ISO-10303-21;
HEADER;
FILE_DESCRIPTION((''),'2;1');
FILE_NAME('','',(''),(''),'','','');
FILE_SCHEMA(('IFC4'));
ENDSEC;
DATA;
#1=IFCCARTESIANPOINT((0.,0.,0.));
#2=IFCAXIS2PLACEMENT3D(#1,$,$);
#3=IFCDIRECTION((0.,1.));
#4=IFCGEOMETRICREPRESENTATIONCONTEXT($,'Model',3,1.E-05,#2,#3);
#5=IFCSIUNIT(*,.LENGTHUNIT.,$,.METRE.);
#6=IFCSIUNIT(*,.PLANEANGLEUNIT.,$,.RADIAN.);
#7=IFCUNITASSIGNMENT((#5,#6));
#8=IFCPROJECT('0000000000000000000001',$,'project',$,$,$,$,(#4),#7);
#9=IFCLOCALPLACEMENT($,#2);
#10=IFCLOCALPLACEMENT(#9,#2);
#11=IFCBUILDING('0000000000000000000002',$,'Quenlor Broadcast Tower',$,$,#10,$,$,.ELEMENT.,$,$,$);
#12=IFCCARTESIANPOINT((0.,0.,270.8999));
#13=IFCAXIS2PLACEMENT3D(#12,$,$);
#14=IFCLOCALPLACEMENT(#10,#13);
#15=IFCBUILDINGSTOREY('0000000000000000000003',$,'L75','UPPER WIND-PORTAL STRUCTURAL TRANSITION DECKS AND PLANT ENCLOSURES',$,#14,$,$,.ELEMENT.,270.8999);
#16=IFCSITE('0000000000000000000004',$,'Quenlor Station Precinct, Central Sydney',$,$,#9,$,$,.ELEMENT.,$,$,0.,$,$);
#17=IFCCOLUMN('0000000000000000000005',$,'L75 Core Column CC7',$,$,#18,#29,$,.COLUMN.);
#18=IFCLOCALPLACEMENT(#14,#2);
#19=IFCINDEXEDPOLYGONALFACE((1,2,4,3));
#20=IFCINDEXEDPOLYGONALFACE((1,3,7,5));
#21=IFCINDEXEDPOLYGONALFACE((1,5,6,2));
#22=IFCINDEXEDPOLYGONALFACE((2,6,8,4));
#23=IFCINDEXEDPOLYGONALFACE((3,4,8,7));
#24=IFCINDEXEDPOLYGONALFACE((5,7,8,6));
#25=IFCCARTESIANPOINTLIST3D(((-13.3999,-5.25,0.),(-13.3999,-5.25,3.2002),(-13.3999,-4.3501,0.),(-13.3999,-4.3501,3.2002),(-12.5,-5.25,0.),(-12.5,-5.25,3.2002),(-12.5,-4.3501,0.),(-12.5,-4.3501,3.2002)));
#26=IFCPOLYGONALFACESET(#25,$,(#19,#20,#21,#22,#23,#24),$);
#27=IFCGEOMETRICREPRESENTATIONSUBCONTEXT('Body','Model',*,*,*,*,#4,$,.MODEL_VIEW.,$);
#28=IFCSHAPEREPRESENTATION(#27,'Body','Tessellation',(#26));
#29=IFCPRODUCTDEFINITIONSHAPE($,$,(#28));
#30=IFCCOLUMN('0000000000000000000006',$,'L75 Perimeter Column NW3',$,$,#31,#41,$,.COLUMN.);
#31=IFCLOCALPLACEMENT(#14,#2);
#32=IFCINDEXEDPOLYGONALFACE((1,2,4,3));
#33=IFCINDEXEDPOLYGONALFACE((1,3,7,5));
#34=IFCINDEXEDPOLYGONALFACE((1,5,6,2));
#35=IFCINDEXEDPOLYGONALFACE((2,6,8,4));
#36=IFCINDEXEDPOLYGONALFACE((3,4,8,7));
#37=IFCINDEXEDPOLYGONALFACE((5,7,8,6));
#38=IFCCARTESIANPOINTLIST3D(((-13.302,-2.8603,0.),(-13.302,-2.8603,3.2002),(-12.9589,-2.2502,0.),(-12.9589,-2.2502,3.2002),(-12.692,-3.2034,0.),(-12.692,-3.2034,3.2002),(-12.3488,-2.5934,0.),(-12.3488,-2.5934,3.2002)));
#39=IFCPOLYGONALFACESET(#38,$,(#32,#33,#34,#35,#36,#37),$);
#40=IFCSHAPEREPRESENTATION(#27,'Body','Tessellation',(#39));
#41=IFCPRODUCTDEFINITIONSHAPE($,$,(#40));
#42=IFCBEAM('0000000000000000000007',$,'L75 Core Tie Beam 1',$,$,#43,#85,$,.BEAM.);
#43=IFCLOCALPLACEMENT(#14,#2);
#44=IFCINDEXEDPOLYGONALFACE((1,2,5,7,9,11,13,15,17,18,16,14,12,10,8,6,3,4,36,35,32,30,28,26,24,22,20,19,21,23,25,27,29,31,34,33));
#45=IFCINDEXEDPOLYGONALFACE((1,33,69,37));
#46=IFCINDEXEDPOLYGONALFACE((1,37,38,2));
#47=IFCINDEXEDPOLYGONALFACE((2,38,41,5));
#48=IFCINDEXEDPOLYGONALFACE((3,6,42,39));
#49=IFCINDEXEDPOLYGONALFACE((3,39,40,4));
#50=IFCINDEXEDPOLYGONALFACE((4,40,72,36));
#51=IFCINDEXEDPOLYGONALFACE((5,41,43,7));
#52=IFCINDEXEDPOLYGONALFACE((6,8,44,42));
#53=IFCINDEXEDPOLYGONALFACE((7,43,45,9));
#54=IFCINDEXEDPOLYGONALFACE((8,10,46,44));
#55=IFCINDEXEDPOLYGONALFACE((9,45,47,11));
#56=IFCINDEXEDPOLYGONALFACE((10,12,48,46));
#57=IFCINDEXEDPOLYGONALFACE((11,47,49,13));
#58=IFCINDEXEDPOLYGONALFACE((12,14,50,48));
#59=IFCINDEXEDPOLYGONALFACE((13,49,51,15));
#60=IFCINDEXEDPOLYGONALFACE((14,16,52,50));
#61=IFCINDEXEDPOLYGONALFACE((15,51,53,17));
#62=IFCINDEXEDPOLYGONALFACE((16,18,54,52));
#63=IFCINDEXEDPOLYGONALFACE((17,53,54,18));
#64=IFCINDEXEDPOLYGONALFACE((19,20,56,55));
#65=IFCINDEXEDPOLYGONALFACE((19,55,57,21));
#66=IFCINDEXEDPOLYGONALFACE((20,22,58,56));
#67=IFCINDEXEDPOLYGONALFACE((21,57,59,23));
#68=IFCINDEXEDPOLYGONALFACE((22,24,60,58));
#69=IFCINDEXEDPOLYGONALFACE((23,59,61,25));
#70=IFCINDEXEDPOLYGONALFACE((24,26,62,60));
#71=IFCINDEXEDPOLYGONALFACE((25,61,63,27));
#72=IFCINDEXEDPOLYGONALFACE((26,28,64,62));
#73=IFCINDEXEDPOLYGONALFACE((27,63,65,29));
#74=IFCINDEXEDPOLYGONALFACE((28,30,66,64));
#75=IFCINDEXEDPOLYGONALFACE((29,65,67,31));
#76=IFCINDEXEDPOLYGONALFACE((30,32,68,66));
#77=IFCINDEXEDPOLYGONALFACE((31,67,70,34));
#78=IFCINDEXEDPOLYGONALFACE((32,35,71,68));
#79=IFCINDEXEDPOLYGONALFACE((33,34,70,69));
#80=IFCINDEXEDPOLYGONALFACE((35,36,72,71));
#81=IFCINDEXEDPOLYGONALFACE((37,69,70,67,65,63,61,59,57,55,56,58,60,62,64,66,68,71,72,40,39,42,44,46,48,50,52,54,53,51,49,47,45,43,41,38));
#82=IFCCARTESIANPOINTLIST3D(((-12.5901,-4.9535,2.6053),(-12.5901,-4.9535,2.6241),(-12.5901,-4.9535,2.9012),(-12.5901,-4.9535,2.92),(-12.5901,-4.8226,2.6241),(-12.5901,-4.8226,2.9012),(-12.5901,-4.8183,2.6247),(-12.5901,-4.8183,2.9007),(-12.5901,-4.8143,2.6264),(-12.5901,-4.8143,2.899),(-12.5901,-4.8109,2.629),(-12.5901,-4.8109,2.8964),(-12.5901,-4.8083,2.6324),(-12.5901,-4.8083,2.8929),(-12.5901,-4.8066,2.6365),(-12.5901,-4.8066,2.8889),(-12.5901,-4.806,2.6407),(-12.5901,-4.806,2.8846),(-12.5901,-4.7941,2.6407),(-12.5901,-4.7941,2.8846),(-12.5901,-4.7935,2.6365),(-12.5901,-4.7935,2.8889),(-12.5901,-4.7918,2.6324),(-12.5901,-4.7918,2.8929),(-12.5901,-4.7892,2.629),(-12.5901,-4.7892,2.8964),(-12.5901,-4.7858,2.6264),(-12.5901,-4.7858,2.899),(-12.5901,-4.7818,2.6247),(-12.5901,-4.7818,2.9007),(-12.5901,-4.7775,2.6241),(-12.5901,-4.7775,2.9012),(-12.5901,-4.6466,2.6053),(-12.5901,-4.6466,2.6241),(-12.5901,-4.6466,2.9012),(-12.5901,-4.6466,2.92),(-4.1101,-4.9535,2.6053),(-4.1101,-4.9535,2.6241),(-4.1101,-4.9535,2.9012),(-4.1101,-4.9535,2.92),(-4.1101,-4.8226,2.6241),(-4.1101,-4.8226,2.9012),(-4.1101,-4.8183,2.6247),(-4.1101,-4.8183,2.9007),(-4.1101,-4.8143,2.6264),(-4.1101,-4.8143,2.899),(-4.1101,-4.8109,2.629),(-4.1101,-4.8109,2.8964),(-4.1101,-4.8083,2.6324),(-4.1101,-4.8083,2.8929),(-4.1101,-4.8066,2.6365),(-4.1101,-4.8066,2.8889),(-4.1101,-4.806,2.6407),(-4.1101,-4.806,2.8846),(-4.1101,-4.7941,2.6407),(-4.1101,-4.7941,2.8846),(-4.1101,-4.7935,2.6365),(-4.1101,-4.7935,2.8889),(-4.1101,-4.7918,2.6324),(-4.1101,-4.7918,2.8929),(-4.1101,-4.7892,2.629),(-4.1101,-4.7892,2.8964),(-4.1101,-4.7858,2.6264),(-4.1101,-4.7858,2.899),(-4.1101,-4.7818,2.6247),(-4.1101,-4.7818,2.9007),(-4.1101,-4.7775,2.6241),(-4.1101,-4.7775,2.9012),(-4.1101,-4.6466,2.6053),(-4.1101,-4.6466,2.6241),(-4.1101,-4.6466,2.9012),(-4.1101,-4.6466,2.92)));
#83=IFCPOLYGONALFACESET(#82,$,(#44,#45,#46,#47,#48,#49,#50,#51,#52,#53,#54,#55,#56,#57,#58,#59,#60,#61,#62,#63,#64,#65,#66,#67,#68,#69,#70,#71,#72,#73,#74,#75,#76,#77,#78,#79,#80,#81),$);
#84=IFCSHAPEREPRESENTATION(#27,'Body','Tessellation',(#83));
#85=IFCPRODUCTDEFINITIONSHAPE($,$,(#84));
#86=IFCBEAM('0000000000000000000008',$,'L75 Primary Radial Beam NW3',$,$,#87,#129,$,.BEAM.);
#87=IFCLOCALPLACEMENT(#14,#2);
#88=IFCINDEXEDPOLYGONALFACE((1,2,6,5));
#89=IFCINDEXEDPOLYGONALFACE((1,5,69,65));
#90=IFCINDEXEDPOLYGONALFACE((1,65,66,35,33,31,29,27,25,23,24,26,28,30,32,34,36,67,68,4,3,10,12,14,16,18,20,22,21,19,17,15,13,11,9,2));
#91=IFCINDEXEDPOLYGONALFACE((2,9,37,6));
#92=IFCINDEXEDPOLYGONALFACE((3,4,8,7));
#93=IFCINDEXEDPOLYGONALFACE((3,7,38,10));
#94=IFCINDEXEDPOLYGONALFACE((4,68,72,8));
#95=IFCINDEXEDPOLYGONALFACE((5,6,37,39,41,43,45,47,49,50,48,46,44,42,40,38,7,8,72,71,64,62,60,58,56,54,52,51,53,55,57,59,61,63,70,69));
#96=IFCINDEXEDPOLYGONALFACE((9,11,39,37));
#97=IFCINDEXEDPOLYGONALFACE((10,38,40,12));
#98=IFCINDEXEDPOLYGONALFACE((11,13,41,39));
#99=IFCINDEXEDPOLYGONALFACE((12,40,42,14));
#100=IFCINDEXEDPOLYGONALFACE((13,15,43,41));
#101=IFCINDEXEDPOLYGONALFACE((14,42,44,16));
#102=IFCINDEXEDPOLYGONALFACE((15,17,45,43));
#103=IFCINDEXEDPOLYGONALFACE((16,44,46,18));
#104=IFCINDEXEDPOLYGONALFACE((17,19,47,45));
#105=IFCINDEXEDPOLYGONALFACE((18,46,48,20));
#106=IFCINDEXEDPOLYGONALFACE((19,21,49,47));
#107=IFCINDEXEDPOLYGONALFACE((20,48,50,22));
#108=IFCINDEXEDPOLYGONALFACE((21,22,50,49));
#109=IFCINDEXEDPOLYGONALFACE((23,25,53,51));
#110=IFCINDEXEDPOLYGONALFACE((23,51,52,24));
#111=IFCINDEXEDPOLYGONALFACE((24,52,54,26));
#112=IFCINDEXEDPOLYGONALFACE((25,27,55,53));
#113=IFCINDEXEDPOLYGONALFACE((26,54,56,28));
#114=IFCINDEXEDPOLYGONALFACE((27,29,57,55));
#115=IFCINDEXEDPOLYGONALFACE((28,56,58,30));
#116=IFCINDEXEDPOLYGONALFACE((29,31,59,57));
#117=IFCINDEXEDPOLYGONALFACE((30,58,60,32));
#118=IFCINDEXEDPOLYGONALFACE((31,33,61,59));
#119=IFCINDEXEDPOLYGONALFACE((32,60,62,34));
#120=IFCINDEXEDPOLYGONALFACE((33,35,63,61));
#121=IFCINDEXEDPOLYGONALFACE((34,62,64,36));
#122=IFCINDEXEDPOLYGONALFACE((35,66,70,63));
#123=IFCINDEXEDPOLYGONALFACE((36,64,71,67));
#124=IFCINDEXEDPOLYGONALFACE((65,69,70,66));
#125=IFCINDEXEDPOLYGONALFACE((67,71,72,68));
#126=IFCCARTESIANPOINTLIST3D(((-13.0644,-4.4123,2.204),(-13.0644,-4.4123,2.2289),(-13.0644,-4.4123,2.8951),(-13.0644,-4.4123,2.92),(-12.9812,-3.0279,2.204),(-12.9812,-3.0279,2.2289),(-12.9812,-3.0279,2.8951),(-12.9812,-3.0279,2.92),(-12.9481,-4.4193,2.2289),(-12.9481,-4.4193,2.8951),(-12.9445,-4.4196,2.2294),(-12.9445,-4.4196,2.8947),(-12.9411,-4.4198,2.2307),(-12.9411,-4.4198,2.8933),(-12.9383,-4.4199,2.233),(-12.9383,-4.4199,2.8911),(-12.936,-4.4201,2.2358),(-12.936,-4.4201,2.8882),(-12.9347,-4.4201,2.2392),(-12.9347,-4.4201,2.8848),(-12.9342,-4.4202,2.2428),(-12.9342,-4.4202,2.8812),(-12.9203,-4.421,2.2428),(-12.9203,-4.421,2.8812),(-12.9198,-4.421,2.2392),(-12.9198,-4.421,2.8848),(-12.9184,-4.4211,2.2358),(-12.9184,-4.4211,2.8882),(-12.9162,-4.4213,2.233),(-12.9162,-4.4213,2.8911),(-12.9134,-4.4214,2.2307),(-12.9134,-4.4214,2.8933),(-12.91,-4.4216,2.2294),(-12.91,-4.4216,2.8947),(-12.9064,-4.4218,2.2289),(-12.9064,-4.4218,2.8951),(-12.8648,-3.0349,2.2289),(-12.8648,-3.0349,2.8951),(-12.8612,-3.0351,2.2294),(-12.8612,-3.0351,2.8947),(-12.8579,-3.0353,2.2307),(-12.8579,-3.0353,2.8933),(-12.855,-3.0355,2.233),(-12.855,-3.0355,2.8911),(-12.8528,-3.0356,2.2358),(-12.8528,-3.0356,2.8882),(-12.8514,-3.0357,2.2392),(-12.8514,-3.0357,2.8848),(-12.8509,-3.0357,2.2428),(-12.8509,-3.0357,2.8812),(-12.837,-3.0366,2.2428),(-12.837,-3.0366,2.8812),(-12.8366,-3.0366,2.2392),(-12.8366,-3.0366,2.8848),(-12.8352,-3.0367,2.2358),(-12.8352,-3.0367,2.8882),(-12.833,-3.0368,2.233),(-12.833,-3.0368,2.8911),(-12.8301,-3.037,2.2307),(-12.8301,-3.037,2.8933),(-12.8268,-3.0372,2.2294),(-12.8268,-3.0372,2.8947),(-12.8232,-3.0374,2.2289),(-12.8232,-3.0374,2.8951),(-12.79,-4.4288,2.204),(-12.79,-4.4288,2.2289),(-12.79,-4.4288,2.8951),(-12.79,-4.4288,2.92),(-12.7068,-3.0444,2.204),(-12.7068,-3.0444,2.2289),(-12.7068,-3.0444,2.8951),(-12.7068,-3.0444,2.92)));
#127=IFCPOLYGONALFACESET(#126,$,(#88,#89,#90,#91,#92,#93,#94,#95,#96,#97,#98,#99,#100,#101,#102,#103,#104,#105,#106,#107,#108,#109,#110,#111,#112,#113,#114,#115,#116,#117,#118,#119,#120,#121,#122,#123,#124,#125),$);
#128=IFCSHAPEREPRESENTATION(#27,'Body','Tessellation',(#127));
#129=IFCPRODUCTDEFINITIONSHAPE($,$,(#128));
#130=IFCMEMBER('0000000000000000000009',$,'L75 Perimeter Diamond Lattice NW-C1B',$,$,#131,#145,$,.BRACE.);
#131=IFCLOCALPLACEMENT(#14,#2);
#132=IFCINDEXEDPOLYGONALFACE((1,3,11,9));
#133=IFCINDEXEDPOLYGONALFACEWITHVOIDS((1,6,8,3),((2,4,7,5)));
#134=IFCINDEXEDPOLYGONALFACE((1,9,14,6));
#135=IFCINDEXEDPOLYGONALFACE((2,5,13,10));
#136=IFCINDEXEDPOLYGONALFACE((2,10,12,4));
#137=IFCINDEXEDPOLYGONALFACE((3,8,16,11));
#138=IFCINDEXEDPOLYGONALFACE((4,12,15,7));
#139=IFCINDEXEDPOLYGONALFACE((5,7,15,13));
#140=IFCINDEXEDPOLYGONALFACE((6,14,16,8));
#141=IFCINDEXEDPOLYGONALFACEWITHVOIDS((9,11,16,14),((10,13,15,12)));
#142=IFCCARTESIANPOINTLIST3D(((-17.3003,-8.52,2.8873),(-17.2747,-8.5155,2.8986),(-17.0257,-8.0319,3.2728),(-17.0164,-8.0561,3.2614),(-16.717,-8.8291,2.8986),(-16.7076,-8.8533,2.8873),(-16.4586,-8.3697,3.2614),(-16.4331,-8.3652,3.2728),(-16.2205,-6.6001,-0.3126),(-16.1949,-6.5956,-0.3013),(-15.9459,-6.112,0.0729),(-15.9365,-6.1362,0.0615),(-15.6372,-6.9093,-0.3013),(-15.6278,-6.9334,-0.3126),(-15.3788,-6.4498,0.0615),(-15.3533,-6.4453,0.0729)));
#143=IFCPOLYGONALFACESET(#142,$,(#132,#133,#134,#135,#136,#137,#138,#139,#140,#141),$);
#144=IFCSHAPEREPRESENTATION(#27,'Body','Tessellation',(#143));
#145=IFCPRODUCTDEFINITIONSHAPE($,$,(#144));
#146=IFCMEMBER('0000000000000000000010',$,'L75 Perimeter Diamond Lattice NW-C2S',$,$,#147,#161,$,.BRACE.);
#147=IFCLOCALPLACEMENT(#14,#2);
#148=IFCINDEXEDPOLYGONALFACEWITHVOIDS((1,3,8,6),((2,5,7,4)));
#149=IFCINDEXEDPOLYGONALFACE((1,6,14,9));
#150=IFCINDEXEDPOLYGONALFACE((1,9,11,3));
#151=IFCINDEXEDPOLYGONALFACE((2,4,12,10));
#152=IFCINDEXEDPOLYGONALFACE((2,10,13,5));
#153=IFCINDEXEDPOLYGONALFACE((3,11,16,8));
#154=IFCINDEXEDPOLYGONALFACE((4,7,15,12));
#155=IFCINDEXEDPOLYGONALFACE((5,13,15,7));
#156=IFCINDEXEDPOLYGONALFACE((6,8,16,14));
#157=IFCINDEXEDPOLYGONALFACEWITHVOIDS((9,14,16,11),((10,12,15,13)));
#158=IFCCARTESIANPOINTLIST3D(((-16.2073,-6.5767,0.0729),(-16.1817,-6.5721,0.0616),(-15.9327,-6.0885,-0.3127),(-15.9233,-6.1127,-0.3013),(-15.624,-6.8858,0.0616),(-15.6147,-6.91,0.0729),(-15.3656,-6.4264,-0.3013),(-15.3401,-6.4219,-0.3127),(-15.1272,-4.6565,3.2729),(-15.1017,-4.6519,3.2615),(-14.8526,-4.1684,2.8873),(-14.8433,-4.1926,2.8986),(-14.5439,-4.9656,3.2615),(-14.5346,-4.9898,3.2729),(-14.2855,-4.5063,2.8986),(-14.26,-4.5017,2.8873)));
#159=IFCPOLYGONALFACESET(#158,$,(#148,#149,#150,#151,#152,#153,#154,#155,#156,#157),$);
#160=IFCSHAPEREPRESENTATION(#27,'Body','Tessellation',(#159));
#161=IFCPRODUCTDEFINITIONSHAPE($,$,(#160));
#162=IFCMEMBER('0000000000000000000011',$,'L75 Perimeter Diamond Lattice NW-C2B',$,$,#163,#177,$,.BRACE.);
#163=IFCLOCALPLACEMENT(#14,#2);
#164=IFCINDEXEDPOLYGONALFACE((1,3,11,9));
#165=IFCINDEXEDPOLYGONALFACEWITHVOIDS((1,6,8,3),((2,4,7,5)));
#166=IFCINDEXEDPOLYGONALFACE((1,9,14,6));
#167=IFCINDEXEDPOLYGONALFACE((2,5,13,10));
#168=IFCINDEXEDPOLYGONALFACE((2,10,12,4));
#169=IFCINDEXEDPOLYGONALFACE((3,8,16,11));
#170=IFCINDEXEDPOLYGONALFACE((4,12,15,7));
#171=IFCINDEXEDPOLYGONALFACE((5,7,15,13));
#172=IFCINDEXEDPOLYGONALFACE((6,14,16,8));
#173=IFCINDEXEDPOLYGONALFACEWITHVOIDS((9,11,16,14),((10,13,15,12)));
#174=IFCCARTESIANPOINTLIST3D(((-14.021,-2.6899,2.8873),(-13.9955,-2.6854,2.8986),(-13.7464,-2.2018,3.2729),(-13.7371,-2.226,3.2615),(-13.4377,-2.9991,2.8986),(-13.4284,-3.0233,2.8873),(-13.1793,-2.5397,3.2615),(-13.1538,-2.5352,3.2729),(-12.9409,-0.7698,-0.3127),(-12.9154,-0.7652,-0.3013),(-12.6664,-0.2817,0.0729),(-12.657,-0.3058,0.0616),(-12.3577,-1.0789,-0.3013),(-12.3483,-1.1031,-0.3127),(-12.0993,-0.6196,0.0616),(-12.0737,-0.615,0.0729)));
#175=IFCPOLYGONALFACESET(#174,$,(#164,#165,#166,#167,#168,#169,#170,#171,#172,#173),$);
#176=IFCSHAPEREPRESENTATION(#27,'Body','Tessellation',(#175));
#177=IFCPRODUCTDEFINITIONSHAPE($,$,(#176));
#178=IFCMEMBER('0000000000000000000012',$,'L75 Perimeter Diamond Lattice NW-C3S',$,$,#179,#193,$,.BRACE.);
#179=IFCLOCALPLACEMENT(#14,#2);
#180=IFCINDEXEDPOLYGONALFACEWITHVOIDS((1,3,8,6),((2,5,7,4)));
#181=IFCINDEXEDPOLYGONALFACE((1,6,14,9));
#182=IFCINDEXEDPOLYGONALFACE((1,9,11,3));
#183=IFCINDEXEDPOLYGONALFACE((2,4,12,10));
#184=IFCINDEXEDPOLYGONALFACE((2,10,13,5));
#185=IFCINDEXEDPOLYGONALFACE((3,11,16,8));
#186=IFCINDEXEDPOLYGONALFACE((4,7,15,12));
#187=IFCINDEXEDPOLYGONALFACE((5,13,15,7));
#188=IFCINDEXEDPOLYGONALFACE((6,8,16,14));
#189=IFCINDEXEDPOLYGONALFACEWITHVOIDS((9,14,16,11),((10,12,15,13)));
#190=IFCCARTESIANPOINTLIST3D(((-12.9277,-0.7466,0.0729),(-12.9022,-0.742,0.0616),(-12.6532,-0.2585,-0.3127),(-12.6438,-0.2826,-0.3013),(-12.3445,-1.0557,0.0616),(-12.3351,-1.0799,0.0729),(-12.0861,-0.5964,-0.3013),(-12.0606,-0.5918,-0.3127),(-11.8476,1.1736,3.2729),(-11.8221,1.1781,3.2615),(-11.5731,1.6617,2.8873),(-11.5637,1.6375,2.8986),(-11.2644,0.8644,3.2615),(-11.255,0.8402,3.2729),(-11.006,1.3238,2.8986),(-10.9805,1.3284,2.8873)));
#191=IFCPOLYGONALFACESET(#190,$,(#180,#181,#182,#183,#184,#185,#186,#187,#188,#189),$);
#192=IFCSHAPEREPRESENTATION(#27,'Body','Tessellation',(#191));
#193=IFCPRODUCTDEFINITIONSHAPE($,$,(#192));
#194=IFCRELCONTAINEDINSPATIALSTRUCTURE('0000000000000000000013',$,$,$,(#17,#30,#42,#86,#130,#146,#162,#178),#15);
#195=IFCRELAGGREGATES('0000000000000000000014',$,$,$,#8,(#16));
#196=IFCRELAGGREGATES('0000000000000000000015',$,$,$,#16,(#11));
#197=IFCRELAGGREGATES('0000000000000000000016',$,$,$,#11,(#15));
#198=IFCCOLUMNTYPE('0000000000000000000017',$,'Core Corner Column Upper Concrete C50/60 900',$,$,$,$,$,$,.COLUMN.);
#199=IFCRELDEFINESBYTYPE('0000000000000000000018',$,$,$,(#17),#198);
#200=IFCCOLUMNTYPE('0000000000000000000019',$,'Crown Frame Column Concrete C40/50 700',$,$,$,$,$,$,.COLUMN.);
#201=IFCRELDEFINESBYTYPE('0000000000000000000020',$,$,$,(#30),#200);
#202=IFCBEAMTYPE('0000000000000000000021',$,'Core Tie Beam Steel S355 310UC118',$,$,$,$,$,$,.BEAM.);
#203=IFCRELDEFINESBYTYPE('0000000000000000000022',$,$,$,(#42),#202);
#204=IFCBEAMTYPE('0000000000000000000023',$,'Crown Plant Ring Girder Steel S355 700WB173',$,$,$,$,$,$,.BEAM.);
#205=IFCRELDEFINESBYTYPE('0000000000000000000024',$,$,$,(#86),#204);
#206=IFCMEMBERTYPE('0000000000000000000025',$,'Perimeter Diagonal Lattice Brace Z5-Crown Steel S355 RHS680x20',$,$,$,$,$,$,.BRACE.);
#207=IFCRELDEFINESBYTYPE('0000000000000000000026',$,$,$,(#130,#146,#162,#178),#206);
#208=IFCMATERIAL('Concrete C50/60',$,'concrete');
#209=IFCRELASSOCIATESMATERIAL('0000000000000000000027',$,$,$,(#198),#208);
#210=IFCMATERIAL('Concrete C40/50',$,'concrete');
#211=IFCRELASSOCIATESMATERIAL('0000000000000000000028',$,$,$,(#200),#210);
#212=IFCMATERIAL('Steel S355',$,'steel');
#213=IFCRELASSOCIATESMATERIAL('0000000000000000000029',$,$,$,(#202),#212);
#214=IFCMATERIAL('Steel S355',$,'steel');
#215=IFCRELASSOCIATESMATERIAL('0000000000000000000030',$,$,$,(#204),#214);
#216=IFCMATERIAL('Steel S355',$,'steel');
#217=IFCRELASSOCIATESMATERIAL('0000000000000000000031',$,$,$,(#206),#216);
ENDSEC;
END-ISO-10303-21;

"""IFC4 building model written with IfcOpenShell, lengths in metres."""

from ifc_helpers import new_model, si_unit, direction, frame, origin, origin_2d, place, context, subcontext, project, spatial, rectangle, hollow_rectangle, i_section, extrude, material, material_profile, profile_set, type_object, element, save


model = new_model("IFC4")

# Units and contexts
model_context = context("Model", 3, precision=1e-05, world=origin(), true_north=direction((0.0, 1.0)))
body_context = subcontext(model_context, "Body", "Model", "MODEL_VIEW")
ifc_project = project(units=[si_unit("LENGTHUNIT", "METRE"), si_unit("PLANEANGLEUNIT", "RADIAN")], contexts=[model_context])

# Site, building, storey
site_placement = place(None, origin())
site = spatial("IfcSite", under=ifc_project, at=site_placement, Name="Quenlor Station Precinct, Central Sydney", CompositionType="ELEMENT", RefElevation=0.0)
building_placement = place(site_placement, origin())
building = spatial("IfcBuilding", under=site, at=building_placement, Name="Quenlor Broadcast Tower", CompositionType="ELEMENT")
storey_placement = place(building_placement, frame((0.0, 0.0, 270.8999)))
storey = spatial("IfcBuildingStorey", under=building, at=storey_placement, Name="L75", Description="UPPER WIND-PORTAL STRUCTURAL TRANSITION DECKS AND PLANT ENCLOSURES", CompositionType="ELEMENT", Elevation=270.8999)

# Columns
ifc_material_1 = material(Name="Concrete C50/60", Category="concrete")
ifc_material_profile_1 = material_profile(ifc_material_1, rectangle(XDim=0.8999, YDim=0.8999, at=origin_2d()))
ifc_profile_set_1 = profile_set([ifc_material_profile_1], Name="Concrete C50/60 RC900x900")
column_type_1 = type_object("IfcColumnType", Name="Core Corner Column Upper Concrete C50/60 900", PredefinedType="COLUMN", material=ifc_profile_set_1)
column_1_placement = place(storey_placement, frame((-12.95, -4.8, 0.0), z_axis=(0.0, 0.0, 1.0), x_axis=(1.0, 0.0, 0.0)))
element("IfcColumn", 1, at=column_1_placement, inside=storey, type_object=column_type_1, Name="L75 Core Column CC7", PredefinedType="COLUMN", context=body_context, shape_type="SweptSolid", body=[
    extrude(rectangle(XDim=0.8999, YDim=0.8999, at=origin_2d()), origin(), (0.0, 0.0, 1.0), 3.2002),
])
ifc_material_2 = material(Name="Concrete C40/50", Category="concrete")
ifc_material_profile_2 = material_profile(ifc_material_2, rectangle(XDim=0.7, YDim=0.7, at=origin_2d()))
ifc_profile_set_2 = profile_set([ifc_material_profile_2], Name="Concrete C40/50 RC700x700")
column_type_2 = type_object("IfcColumnType", Name="Crown Frame Column Concrete C40/50 700", PredefinedType="COLUMN", material=ifc_profile_set_2)
column_2_placement = place(storey_placement, frame((-12.8254, -2.7268, 0.0), z_axis=(0.0, 0.0, 1.0), x_axis=(-0.871575, 0.490262, 0.0)))
element("IfcColumn", 2, at=column_2_placement, inside=storey, type_object=column_type_2, Name="L75 Perimeter Column NW3", PredefinedType="COLUMN", context=body_context, shape_type="SweptSolid", body=[
    extrude(rectangle(XDim=0.7, YDim=0.7, at=origin_2d()), origin(), (0.0, 0.0, 1.0), 3.2002),
])

# Beams
ifc_material_3 = material(Name="Steel S355", Category="steel")
ifc_material_profile_3 = material_profile(ifc_material_3, i_section(OverallWidth=0.3069, OverallDepth=0.3147, WebThickness=0.012, FlangeThickness=0.0188, FilletRadius=0.0166, at=origin_2d()))
ifc_profile_set_3 = profile_set([ifc_material_profile_3], Name="Steel S355 310UC118")
beam_type_1 = type_object("IfcBeamType", Name="Core Tie Beam Steel S355 310UC118", PredefinedType="BEAM", material=ifc_profile_set_3)
beam_1_placement = place(storey_placement, frame((-12.5901, -4.8, 2.7627), z_axis=(1.0, 0.0, 0.0), x_axis=(0.0, 1.0, 0.0)))
element("IfcBeam", 3, at=beam_1_placement, inside=storey, type_object=beam_type_1, Name="L75 Core Tie Beam 1", PredefinedType="BEAM", context=body_context, shape_type="SweptSolid", body=[
    extrude(i_section(OverallWidth=0.3069, OverallDepth=0.3147, WebThickness=0.012, FlangeThickness=0.0188, FilletRadius=0.0166, at=origin_2d()), origin(), (0.0, 0.0, 1.0), 8.48),
])
ifc_material_4 = material(Name="Steel S355", Category="steel")
ifc_material_profile_4 = material_profile(ifc_material_4, i_section(OverallWidth=0.2749, OverallDepth=0.7161, WebThickness=0.0139, FlangeThickness=0.0249, FilletRadius=0.0139, at=origin_2d()))
ifc_profile_set_4 = profile_set([ifc_material_profile_4], Name="Steel S355 700WB173")
beam_type_2 = type_object("IfcBeamType", Name="Crown Plant Ring Girder Steel S355 700WB173", PredefinedType="BEAM", material=ifc_profile_set_4)
beam_2_placement = place(storey_placement, frame((-12.844, -3.0361, 2.562), z_axis=(-0.060022, -0.998197, 0.0), x_axis=(0.998197, -0.060022, 0.0)))
element("IfcBeam", 4, at=beam_2_placement, inside=storey, type_object=beam_type_2, Name="L75 Primary Radial Beam NW3", PredefinedType="BEAM", context=body_context, shape_type="SweptSolid", body=[
    extrude(i_section(OverallWidth=0.2749, OverallDepth=0.7161, WebThickness=0.0139, FlangeThickness=0.0249, FilletRadius=0.0139, at=origin_2d()), origin(), (0.0, 0.0, 1.0), 1.387),
])

# Members
ifc_material_5 = material(Name="Steel S355", Category="steel")
ifc_material_profile_5 = material_profile(ifc_material_5, hollow_rectangle(XDim=0.6799, YDim=0.6799, WallThickness=0.02, at=origin_2d()))
ifc_profile_set_5 = profile_set([ifc_material_profile_5], Name="Steel S355 RHS680x680x20")
member_type = type_object("IfcMemberType", Name="Perimeter Diagonal Lattice Brace Z5-Crown Steel S355 RHS680x20", PredefinedType="BRACE", material=ifc_profile_set_5)
member_placement = place(storey_placement, frame((-15.7869, -6.5227, -0.1199), z_axis=(-0.277962, -0.494211, 0.823706), x_axis=(0.871599, -0.490219, 0.0)))
element("IfcMember", 5, at=member_placement, inside=storey, type_object=member_type, Name="L75 Perimeter Diamond Lattice NW-C1B", PredefinedType="BRACE", context=body_context, shape_type="SweptSolid", body=[
    extrude(hollow_rectangle(XDim=0.6799, YDim=0.6799, WallThickness=0.02, at=origin_2d()), origin(), (0.0, 0.0, 1.0), 3.8848),
])
for number, where, z_axis, x_axis, name in (
    (6, (-15.7737, -6.4993, -0.1199), (0.278012, 0.49425, 0.823666), (-0.871578, 0.490256, 0.0), "L75 Perimeter Diamond Lattice NW-C2S"),
    (7, (-12.5073, -0.6924, -0.1199), (-0.278012, -0.49425, 0.823666), (0.871578, -0.490256, 0.0), "L75 Perimeter Diamond Lattice NW-C2B"),
    (8, (-12.4941, -0.6692, -0.1199), (0.278012, 0.49425, 0.823666), (-0.871578, 0.490256, 0.0), "L75 Perimeter Diamond Lattice NW-C3S"),
):
    element("IfcMember", number, at=place(storey_placement, frame(where, z_axis=z_axis, x_axis=x_axis)), inside=storey, type_object=member_type, Name=name, PredefinedType="BRACE", context=body_context, shape_type="SweptSolid", body=[
        extrude(hollow_rectangle(XDim=0.6799, YDim=0.6799, WallThickness=0.02, at=origin_2d()), origin(), (0.0, 0.0, 1.0), 3.885),
    ])

save(model, "model.ifc")
